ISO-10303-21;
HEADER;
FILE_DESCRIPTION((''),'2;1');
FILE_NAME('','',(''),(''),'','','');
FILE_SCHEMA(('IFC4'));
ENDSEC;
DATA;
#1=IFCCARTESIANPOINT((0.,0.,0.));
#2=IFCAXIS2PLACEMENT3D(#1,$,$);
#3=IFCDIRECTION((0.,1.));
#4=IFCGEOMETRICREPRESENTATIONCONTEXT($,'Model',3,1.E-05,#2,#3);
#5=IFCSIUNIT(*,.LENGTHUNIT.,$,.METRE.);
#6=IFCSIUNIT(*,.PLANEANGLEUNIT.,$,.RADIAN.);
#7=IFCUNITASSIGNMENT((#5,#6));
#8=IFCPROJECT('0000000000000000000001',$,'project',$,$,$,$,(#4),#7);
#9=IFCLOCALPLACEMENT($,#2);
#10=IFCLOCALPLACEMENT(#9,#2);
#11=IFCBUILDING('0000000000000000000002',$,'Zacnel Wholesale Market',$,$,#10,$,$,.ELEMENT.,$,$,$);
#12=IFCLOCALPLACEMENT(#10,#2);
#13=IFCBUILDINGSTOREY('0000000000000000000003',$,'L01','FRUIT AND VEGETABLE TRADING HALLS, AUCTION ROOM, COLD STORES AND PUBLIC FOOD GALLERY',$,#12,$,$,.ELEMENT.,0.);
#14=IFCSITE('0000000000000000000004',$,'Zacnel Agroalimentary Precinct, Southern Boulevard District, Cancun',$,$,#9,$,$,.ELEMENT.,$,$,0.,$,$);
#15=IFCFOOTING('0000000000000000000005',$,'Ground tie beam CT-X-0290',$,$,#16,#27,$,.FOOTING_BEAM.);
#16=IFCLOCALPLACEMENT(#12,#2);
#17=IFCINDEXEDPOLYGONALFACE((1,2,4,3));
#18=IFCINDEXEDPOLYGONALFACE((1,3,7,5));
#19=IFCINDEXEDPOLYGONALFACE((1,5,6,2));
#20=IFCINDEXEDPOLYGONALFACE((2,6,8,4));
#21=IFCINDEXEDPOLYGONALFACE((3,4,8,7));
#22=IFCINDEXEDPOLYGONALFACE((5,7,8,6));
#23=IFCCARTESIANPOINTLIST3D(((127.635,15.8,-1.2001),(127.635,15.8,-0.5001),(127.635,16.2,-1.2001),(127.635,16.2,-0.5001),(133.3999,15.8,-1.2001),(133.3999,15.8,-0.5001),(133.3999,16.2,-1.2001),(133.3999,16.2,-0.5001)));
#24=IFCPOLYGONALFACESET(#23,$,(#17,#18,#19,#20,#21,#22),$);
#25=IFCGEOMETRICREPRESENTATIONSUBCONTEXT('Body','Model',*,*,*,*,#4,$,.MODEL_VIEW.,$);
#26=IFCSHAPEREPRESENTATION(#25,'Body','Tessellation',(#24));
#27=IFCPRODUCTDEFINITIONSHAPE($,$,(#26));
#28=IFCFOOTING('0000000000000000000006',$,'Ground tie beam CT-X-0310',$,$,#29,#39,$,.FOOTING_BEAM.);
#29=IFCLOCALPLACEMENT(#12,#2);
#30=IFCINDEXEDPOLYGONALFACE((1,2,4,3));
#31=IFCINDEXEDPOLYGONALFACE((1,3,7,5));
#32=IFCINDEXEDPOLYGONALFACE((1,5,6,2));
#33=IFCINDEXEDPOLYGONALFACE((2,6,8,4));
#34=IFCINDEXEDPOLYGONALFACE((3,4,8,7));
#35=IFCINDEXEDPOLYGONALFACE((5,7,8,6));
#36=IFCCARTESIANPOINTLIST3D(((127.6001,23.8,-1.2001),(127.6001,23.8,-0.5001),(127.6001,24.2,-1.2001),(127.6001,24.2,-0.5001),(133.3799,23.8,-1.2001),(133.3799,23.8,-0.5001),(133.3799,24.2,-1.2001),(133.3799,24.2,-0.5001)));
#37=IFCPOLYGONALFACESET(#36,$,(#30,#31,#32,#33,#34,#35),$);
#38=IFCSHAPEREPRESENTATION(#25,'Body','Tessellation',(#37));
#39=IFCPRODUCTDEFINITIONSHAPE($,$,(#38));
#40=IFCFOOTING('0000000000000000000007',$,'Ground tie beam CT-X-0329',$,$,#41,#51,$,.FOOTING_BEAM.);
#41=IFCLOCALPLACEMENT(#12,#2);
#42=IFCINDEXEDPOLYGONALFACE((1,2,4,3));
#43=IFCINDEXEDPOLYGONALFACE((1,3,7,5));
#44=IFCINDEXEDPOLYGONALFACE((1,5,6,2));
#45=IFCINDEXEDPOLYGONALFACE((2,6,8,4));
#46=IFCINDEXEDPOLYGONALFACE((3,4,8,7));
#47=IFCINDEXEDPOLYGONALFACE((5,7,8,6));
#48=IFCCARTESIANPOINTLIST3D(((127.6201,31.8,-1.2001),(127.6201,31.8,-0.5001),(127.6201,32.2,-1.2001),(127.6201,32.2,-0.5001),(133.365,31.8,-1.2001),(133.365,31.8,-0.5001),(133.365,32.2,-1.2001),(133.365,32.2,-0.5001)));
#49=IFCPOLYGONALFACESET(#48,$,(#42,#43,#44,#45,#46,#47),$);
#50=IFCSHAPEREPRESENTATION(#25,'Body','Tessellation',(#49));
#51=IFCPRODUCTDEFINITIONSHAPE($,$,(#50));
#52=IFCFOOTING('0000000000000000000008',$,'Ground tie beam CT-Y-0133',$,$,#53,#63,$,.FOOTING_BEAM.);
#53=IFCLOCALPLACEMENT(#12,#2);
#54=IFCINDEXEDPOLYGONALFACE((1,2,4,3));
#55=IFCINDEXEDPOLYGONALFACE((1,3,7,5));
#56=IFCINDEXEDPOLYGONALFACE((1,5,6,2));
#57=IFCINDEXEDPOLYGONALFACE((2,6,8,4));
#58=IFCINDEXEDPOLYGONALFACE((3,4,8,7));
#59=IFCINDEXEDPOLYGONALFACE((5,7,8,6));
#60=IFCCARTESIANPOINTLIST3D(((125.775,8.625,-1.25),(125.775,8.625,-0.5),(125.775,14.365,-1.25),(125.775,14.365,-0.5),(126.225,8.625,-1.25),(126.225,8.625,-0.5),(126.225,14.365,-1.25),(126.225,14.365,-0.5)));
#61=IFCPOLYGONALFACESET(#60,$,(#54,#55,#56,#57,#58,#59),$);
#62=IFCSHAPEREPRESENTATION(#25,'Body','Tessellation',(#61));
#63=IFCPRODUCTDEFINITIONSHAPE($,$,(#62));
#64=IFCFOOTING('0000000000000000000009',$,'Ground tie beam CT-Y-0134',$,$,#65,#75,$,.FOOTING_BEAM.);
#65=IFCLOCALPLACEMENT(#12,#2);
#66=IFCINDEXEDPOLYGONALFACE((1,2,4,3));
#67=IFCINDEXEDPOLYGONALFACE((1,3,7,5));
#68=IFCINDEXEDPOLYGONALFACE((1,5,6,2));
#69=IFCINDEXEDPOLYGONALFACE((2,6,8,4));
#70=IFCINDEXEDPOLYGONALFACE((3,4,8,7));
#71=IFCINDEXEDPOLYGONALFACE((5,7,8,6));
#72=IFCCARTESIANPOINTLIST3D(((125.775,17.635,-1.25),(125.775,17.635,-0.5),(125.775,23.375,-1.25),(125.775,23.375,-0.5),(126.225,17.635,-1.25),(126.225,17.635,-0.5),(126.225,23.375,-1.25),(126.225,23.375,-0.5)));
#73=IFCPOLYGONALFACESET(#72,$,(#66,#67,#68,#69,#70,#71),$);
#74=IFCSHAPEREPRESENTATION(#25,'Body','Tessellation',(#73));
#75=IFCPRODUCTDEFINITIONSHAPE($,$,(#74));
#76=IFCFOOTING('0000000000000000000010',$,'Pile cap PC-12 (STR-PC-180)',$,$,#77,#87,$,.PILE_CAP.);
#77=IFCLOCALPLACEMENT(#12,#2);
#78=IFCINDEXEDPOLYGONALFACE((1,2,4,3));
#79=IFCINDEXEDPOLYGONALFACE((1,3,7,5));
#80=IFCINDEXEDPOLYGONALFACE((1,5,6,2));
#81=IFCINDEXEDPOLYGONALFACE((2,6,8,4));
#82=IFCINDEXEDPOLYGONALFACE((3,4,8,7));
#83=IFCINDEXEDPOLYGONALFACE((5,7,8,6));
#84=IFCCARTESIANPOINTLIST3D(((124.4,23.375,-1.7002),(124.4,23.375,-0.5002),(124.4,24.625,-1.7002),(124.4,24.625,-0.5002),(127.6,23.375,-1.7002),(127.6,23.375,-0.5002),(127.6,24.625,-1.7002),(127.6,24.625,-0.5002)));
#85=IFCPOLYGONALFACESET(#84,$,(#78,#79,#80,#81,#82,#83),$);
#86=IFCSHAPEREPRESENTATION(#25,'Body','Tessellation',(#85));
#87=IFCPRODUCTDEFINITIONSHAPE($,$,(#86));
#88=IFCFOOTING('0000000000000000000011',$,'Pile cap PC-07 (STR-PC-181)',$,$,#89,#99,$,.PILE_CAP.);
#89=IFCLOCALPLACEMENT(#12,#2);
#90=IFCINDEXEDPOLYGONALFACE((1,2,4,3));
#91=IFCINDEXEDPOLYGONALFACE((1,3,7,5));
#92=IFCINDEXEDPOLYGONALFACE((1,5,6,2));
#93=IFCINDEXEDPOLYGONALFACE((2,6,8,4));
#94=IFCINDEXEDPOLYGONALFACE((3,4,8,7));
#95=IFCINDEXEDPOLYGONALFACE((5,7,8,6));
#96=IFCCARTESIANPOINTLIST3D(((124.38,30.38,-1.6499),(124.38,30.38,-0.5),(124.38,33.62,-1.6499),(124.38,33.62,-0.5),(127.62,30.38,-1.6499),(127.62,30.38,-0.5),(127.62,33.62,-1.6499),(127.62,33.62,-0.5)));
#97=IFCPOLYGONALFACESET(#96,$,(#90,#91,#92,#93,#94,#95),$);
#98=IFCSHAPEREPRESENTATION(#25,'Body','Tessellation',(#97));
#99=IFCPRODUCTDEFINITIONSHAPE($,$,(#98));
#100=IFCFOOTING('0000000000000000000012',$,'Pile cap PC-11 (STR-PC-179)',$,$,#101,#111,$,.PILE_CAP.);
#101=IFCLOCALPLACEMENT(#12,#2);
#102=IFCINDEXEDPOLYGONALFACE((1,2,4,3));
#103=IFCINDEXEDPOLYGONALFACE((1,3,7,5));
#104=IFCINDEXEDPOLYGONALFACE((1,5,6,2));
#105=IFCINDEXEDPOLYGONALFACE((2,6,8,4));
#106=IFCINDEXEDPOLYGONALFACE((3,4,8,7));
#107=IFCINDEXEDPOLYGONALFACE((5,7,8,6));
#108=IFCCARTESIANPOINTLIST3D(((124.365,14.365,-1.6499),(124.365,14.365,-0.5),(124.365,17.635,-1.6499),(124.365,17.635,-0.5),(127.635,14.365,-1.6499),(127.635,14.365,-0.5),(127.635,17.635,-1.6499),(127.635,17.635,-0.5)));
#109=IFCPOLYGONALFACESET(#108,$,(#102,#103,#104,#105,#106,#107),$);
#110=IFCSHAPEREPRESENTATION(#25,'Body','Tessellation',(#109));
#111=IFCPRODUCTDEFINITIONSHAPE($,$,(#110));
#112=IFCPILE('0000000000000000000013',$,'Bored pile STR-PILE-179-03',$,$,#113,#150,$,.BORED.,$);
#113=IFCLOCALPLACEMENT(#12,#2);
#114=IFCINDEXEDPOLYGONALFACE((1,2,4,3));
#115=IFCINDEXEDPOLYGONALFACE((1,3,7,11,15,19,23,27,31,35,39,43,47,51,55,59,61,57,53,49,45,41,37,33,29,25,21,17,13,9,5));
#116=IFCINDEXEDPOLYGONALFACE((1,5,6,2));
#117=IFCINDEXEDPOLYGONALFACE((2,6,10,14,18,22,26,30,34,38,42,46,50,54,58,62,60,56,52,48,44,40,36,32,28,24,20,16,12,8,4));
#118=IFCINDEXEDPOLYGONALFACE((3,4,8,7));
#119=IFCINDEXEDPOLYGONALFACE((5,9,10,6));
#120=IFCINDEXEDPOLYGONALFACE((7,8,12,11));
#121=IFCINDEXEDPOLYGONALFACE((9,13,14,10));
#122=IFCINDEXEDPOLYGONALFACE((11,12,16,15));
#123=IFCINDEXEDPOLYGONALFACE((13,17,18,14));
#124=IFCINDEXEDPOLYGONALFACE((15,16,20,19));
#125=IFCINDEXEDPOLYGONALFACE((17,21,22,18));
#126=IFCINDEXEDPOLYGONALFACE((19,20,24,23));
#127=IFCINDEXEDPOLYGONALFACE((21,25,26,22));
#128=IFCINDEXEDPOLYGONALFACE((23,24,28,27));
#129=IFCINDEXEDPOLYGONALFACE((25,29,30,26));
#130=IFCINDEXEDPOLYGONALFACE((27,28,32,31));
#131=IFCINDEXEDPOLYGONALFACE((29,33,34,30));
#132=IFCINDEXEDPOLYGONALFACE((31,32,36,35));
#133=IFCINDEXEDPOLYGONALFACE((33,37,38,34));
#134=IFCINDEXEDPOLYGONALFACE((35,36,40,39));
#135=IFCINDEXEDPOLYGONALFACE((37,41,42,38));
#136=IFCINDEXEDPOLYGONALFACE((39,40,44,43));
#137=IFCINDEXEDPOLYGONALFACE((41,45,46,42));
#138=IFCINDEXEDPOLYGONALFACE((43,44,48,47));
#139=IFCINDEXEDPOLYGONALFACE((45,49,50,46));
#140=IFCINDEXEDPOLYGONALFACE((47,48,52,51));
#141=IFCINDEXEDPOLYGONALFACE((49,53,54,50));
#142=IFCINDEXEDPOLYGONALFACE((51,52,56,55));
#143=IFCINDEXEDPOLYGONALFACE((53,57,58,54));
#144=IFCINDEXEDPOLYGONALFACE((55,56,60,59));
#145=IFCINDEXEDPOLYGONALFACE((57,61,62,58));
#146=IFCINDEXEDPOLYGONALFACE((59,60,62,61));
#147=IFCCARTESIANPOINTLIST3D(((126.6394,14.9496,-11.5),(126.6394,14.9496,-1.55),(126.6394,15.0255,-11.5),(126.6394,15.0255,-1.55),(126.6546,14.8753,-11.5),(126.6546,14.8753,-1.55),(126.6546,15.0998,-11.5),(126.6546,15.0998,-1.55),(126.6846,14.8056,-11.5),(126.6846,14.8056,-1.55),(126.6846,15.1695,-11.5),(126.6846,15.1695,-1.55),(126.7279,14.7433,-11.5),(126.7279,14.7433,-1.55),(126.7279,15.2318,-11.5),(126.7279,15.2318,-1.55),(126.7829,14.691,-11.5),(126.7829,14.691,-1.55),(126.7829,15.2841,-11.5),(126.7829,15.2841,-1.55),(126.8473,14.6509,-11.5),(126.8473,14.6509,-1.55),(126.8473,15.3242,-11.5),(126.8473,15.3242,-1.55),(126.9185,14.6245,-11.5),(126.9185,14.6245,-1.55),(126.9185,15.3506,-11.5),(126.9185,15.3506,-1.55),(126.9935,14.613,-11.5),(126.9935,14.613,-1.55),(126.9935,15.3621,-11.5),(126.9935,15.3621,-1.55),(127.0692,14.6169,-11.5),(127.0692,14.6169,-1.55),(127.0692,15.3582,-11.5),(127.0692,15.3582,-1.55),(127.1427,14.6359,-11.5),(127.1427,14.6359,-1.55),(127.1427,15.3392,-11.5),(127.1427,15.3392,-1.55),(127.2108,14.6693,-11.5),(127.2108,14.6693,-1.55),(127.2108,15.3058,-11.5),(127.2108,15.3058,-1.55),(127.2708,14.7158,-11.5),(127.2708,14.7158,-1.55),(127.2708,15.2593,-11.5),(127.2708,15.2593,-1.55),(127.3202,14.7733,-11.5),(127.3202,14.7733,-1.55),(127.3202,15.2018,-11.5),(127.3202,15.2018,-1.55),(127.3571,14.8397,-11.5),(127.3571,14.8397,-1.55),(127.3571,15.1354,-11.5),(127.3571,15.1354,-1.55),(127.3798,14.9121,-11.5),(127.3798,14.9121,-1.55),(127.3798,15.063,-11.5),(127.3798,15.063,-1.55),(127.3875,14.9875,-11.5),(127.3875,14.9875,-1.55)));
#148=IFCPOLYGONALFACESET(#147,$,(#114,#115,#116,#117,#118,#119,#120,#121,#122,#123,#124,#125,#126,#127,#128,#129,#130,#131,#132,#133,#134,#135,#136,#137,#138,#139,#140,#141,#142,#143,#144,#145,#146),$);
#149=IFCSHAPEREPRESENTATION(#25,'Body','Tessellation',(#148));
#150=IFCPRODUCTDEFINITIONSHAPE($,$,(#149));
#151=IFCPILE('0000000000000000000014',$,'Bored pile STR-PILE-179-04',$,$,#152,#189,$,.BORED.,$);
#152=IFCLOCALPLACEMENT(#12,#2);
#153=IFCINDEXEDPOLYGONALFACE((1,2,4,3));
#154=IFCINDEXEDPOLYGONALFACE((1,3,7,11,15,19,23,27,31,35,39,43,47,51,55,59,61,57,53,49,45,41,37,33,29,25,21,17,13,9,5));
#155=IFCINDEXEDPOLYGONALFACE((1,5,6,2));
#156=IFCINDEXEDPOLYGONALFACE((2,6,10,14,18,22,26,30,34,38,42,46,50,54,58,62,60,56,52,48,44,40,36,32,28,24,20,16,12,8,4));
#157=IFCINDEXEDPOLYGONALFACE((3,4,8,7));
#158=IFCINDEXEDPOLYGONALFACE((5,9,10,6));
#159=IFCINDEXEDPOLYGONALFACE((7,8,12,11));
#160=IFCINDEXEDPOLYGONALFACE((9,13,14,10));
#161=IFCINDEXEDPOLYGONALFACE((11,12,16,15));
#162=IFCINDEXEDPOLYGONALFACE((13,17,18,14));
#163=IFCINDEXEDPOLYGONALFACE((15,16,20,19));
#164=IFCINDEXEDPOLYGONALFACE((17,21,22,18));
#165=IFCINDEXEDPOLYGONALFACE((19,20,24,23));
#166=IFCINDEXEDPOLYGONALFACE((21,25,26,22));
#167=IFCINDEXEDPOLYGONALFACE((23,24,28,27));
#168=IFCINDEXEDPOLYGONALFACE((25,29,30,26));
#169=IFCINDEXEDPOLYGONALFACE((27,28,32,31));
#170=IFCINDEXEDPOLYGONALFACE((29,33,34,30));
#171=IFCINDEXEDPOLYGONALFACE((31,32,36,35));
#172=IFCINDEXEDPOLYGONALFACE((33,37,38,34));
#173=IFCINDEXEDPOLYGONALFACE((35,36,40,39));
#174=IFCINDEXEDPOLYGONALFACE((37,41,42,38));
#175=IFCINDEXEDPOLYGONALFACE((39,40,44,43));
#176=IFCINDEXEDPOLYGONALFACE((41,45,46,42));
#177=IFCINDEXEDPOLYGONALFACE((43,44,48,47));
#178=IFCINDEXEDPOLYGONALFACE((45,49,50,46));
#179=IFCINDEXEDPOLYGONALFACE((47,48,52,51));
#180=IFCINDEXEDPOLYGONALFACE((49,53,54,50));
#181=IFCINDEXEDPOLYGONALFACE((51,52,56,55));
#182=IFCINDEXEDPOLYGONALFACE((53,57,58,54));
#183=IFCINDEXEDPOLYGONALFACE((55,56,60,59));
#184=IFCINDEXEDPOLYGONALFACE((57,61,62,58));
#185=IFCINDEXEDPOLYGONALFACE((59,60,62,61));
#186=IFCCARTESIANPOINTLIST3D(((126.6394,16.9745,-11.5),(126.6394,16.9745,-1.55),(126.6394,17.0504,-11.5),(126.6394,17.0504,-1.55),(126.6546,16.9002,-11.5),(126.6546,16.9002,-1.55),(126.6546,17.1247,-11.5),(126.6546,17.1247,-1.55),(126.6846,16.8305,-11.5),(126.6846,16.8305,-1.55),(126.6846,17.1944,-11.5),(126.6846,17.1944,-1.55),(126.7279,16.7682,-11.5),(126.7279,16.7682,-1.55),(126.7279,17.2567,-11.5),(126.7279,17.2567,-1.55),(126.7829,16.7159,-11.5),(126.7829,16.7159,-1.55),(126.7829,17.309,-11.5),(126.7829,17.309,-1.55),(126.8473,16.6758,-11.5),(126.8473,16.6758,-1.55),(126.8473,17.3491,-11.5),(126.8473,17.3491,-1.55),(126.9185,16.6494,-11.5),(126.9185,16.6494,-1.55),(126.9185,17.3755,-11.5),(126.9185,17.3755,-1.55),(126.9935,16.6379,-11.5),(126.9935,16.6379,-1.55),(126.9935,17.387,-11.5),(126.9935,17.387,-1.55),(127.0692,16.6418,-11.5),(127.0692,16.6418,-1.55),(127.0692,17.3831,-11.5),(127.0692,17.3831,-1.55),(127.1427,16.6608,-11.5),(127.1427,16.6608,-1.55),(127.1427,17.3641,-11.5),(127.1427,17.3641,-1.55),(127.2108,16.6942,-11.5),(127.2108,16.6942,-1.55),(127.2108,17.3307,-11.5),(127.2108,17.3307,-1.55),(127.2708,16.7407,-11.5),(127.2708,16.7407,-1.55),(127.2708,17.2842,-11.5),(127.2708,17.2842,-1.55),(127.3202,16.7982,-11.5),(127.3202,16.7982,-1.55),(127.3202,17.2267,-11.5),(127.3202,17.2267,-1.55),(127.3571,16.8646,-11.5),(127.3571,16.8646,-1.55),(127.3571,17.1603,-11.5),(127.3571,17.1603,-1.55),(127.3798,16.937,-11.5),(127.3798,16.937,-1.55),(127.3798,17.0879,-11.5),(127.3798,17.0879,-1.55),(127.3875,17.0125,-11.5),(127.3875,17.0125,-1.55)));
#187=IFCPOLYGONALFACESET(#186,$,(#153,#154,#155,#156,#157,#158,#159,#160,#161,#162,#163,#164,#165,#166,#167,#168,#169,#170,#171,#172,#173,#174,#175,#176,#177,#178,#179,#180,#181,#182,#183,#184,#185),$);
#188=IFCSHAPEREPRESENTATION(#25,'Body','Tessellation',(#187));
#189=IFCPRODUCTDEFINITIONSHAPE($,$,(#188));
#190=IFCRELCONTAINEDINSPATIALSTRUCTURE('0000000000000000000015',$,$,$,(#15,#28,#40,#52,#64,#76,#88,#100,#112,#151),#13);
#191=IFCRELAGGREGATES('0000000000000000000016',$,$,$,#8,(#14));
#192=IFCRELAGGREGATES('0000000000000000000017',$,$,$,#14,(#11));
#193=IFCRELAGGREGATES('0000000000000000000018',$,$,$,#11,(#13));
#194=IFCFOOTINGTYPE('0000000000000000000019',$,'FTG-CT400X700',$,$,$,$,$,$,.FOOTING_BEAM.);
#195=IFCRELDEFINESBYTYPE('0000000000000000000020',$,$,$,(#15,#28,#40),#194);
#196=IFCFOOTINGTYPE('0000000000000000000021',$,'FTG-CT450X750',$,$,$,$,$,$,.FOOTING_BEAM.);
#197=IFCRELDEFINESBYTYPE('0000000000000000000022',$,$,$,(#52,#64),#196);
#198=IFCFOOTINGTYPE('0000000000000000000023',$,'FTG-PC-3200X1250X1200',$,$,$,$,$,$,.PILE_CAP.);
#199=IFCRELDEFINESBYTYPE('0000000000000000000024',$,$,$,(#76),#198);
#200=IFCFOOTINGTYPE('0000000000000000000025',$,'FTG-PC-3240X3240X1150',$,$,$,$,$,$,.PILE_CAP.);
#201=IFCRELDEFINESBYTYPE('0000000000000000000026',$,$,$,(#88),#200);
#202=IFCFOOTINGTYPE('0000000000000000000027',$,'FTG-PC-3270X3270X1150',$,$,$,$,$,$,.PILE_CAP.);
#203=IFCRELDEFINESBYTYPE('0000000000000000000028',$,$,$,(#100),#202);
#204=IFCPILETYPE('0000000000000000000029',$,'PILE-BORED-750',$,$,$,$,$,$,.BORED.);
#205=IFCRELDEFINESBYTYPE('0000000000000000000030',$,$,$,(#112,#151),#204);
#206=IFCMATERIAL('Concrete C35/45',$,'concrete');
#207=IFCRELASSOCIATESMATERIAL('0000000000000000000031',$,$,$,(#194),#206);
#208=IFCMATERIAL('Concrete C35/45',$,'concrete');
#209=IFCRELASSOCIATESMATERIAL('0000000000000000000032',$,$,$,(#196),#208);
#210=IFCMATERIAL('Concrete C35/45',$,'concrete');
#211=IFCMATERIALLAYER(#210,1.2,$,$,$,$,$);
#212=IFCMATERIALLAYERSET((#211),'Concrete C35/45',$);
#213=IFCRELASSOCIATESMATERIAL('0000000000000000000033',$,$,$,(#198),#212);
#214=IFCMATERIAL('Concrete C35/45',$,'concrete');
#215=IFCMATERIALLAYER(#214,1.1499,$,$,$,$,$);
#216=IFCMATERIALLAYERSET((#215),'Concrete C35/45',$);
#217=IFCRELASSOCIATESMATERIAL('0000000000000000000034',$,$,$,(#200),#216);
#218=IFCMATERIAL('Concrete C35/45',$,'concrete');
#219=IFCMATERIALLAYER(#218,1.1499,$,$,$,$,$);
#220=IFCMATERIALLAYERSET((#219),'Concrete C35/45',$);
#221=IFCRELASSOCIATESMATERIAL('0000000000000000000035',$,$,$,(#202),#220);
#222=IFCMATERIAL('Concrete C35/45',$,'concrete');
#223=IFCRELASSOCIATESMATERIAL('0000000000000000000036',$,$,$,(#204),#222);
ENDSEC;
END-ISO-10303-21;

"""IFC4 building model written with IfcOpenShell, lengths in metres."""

from ifc_helpers import new_model, si_unit, direction, frame, origin, origin_2d, place, context, subcontext, project, spatial, rectangle, circle, extrude, material, layer, layer_set, material_profile, profile_set, type_object, element, save


model = new_model("IFC4")

# Units and contexts
model_context = context("Model", 3, precision=1e-05, world=origin(), true_north=direction((0.0, 1.0)))
body_context = subcontext(model_context, "Body", "Model", "MODEL_VIEW")
ifc_project = project(units=[si_unit("LENGTHUNIT", "METRE"), si_unit("PLANEANGLEUNIT", "RADIAN")], contexts=[model_context])

# Site, building, storey
site_placement = place(None, origin())
site = spatial("IfcSite", under=ifc_project, at=site_placement, Name="Zacnel Agroalimentary Precinct, Southern Boulevard District, Cancun", CompositionType="ELEMENT", RefElevation=0.0)
building_placement = place(site_placement, origin())
building = spatial("IfcBuilding", under=site, at=building_placement, Name="Zacnel Wholesale Market", CompositionType="ELEMENT")
storey_placement = place(building_placement, origin())
storey = spatial("IfcBuildingStorey", under=building, at=storey_placement, Name="L01", Description="FRUIT AND VEGETABLE TRADING HALLS, AUCTION ROOM, COLD STORES AND PUBLIC FOOD GALLERY", CompositionType="ELEMENT", Elevation=0.0)

# Footings
ifc_material_1 = material(Name="Concrete C35/45", Category="concrete")
ifc_material_profile_1 = material_profile(ifc_material_1, rectangle(XDim=0.3999, YDim=0.7, at=origin_2d()), Name="CT 400x700")
ifc_profile_set_1 = profile_set([ifc_material_profile_1], Name="Concrete C35/45")
footing_type_1 = type_object("IfcFootingType", Name="FTG-CT400X700", PredefinedType="FOOTING_BEAM", material=ifc_profile_set_1)
footing_1_placement = place(storey_placement, frame((127.635, 16.0, -0.8501), z_axis=(1.0, 0.0, 0.0), x_axis=(0.0, 1.0, 0.0)))
element("IfcFooting", 1, at=footing_1_placement, inside=storey, type_object=footing_type_1, Name="Ground tie beam CT-X-0290", PredefinedType="FOOTING_BEAM", context=body_context, shape_type="SweptSolid", body=[
    extrude(rectangle(XDim=0.3999, YDim=0.7, at=origin_2d()), origin(), (0.0, 0.0, 1.0), 5.7649),
])
footing_2_placement = place(storey_placement, frame((127.6001, 24.0, -0.8501), z_axis=(1.0, 0.0, 0.0), x_axis=(0.0, 1.0, 0.0)))
element("IfcFooting", 2, at=footing_2_placement, inside=storey, type_object=footing_type_1, Name="Ground tie beam CT-X-0310", PredefinedType="FOOTING_BEAM", context=body_context, shape_type="SweptSolid", body=[
    extrude(rectangle(XDim=0.3999, YDim=0.7, at=origin_2d()), origin(), (0.0, 0.0, 1.0), 5.7798),
])
footing_3_placement = place(storey_placement, frame((127.6201, 32.0, -0.8501), z_axis=(1.0, 0.0, 0.0), x_axis=(0.0, 1.0, 0.0)))
element("IfcFooting", 3, at=footing_3_placement, inside=storey, type_object=footing_type_1, Name="Ground tie beam CT-X-0329", PredefinedType="FOOTING_BEAM", context=body_context, shape_type="SweptSolid", body=[
    extrude(rectangle(XDim=0.3999, YDim=0.7, at=origin_2d()), origin(), (0.0, 0.0, 1.0), 5.7449),
])
ifc_material_2 = material(Name="Concrete C35/45", Category="concrete")
ifc_material_profile_2 = material_profile(ifc_material_2, rectangle(XDim=0.45, YDim=0.75, at=origin_2d()), Name="CT 450x750")
ifc_profile_set_2 = profile_set([ifc_material_profile_2], Name="Concrete C35/45")
footing_type_2 = type_object("IfcFootingType", Name="FTG-CT450X750", PredefinedType="FOOTING_BEAM", material=ifc_profile_set_2)
for number, where, z_axis, x_axis, name in (
    (4, (126.0, 8.625, -0.875), (0.0, 1.0, 0.0), (-1.0, 0.0, 0.0), "Ground tie beam CT-Y-0133"),
    (5, (126.0, 17.635, -0.875), (0.0, 1.0, 0.0), (-1.0, 0.0, 0.0), "Ground tie beam CT-Y-0134"),
):
    element("IfcFooting", number, at=place(storey_placement, frame(where, z_axis=z_axis, x_axis=x_axis)), inside=storey, type_object=footing_type_2, Name=name, PredefinedType="FOOTING_BEAM", context=body_context, shape_type="SweptSolid", body=[
        extrude(rectangle(XDim=0.45, YDim=0.75, at=origin_2d()), origin(), (0.0, 0.0, 1.0), 5.74),
    ])
ifc_material_3 = material(Name="Concrete C35/45", Category="concrete")
ifc_layer_1 = layer(ifc_material_3, 1.2)
ifc_layer_set_1 = layer_set([ifc_layer_1], Name="Concrete C35/45")
footing_type_3 = type_object("IfcFootingType", Name="FTG-PC-3200X1250X1200", PredefinedType="PILE_CAP", material=ifc_layer_set_1)
footing_4_placement = place(storey_placement, frame((126.0, 24.0, -1.7002), z_axis=(0.0, 0.0, 1.0), x_axis=(1.0, 0.0, 0.0)))
element("IfcFooting", 6, at=footing_4_placement, inside=storey, type_object=footing_type_3, Name="Pile cap PC-12 (STR-PC-180)", PredefinedType="PILE_CAP", context=body_context, shape_type="SweptSolid", body=[
    extrude(rectangle(XDim=3.2, YDim=1.25, at=origin_2d()), origin(), (0.0, 0.0, 1.0), 1.2),
])
ifc_material_4 = material(Name="Concrete C35/45", Category="concrete")
ifc_layer_2 = layer(ifc_material_4, 1.1499)
ifc_layer_set_2 = layer_set([ifc_layer_2], Name="Concrete C35/45")
footing_type_4 = type_object("IfcFootingType", Name="FTG-PC-3240X3240X1150", PredefinedType="PILE_CAP", material=ifc_layer_set_2)
footing_5_placement = place(storey_placement, frame((126.0, 32.0, -1.6499), z_axis=(0.0, 0.0, 1.0), x_axis=(1.0, 0.0, 0.0)))
element("IfcFooting", 7, at=footing_5_placement, inside=storey, type_object=footing_type_4, Name="Pile cap PC-07 (STR-PC-181)", PredefinedType="PILE_CAP", context=body_context, shape_type="SweptSolid", body=[
    extrude(rectangle(XDim=3.24, YDim=3.24, at=origin_2d()), origin(), (0.0, 0.0, 1.0), 1.1499),
])
ifc_material_5 = material(Name="Concrete C35/45", Category="concrete")
ifc_layer_3 = layer(ifc_material_5, 1.1499)
ifc_layer_set_3 = layer_set([ifc_layer_3], Name="Concrete C35/45")
footing_type_5 = type_object("IfcFootingType", Name="FTG-PC-3270X3270X1150", PredefinedType="PILE_CAP", material=ifc_layer_set_3)
footing_6_placement = place(storey_placement, frame((126.0, 16.0, -1.6499), z_axis=(0.0, 0.0, 1.0), x_axis=(1.0, 0.0, 0.0)))
element("IfcFooting", 8, at=footing_6_placement, inside=storey, type_object=footing_type_5, Name="Pile cap PC-11 (STR-PC-179)", PredefinedType="PILE_CAP", context=body_context, shape_type="SweptSolid", body=[
    extrude(rectangle(XDim=3.27, YDim=3.27, at=origin_2d()), origin(), (0.0, 0.0, 1.0), 1.1499),
])

# Piles
ifc_material_6 = material(Name="Concrete C35/45", Category="concrete")
ifc_material_profile_3 = material_profile(ifc_material_6, circle(Radius=0.375, at=origin_2d()), Name="BORED PILE D750")
ifc_profile_set_3 = profile_set([ifc_material_profile_3], Name="Concrete C35/45")
pile_type = type_object("IfcPileType", Name="PILE-BORED-750", PredefinedType="BORED", material=ifc_profile_set_3)
for number, where, z_axis, x_axis, name in (
    (9, (127.0125, 14.9875, -1.55), (0.0, 0.0, -1.0), (1.0, 0.0, 0.0), "Bored pile STR-PILE-179-03"),
    (10, (127.0125, 17.0125, -1.55), (0.0, 0.0, -1.0), (1.0, 0.0, 0.0), "Bored pile STR-PILE-179-04"),
):
    element("IfcPile", number, at=place(storey_placement, frame(where, z_axis=z_axis, x_axis=x_axis)), inside=storey, type_object=pile_type, Name=name, PredefinedType="BORED", context=body_context, shape_type="SweptSolid", body=[
        extrude(circle(Radius=0.375, at=origin_2d()), origin(), (0.0, 0.0, 1.0), 9.95),
    ])

save(model, "model.ifc")
